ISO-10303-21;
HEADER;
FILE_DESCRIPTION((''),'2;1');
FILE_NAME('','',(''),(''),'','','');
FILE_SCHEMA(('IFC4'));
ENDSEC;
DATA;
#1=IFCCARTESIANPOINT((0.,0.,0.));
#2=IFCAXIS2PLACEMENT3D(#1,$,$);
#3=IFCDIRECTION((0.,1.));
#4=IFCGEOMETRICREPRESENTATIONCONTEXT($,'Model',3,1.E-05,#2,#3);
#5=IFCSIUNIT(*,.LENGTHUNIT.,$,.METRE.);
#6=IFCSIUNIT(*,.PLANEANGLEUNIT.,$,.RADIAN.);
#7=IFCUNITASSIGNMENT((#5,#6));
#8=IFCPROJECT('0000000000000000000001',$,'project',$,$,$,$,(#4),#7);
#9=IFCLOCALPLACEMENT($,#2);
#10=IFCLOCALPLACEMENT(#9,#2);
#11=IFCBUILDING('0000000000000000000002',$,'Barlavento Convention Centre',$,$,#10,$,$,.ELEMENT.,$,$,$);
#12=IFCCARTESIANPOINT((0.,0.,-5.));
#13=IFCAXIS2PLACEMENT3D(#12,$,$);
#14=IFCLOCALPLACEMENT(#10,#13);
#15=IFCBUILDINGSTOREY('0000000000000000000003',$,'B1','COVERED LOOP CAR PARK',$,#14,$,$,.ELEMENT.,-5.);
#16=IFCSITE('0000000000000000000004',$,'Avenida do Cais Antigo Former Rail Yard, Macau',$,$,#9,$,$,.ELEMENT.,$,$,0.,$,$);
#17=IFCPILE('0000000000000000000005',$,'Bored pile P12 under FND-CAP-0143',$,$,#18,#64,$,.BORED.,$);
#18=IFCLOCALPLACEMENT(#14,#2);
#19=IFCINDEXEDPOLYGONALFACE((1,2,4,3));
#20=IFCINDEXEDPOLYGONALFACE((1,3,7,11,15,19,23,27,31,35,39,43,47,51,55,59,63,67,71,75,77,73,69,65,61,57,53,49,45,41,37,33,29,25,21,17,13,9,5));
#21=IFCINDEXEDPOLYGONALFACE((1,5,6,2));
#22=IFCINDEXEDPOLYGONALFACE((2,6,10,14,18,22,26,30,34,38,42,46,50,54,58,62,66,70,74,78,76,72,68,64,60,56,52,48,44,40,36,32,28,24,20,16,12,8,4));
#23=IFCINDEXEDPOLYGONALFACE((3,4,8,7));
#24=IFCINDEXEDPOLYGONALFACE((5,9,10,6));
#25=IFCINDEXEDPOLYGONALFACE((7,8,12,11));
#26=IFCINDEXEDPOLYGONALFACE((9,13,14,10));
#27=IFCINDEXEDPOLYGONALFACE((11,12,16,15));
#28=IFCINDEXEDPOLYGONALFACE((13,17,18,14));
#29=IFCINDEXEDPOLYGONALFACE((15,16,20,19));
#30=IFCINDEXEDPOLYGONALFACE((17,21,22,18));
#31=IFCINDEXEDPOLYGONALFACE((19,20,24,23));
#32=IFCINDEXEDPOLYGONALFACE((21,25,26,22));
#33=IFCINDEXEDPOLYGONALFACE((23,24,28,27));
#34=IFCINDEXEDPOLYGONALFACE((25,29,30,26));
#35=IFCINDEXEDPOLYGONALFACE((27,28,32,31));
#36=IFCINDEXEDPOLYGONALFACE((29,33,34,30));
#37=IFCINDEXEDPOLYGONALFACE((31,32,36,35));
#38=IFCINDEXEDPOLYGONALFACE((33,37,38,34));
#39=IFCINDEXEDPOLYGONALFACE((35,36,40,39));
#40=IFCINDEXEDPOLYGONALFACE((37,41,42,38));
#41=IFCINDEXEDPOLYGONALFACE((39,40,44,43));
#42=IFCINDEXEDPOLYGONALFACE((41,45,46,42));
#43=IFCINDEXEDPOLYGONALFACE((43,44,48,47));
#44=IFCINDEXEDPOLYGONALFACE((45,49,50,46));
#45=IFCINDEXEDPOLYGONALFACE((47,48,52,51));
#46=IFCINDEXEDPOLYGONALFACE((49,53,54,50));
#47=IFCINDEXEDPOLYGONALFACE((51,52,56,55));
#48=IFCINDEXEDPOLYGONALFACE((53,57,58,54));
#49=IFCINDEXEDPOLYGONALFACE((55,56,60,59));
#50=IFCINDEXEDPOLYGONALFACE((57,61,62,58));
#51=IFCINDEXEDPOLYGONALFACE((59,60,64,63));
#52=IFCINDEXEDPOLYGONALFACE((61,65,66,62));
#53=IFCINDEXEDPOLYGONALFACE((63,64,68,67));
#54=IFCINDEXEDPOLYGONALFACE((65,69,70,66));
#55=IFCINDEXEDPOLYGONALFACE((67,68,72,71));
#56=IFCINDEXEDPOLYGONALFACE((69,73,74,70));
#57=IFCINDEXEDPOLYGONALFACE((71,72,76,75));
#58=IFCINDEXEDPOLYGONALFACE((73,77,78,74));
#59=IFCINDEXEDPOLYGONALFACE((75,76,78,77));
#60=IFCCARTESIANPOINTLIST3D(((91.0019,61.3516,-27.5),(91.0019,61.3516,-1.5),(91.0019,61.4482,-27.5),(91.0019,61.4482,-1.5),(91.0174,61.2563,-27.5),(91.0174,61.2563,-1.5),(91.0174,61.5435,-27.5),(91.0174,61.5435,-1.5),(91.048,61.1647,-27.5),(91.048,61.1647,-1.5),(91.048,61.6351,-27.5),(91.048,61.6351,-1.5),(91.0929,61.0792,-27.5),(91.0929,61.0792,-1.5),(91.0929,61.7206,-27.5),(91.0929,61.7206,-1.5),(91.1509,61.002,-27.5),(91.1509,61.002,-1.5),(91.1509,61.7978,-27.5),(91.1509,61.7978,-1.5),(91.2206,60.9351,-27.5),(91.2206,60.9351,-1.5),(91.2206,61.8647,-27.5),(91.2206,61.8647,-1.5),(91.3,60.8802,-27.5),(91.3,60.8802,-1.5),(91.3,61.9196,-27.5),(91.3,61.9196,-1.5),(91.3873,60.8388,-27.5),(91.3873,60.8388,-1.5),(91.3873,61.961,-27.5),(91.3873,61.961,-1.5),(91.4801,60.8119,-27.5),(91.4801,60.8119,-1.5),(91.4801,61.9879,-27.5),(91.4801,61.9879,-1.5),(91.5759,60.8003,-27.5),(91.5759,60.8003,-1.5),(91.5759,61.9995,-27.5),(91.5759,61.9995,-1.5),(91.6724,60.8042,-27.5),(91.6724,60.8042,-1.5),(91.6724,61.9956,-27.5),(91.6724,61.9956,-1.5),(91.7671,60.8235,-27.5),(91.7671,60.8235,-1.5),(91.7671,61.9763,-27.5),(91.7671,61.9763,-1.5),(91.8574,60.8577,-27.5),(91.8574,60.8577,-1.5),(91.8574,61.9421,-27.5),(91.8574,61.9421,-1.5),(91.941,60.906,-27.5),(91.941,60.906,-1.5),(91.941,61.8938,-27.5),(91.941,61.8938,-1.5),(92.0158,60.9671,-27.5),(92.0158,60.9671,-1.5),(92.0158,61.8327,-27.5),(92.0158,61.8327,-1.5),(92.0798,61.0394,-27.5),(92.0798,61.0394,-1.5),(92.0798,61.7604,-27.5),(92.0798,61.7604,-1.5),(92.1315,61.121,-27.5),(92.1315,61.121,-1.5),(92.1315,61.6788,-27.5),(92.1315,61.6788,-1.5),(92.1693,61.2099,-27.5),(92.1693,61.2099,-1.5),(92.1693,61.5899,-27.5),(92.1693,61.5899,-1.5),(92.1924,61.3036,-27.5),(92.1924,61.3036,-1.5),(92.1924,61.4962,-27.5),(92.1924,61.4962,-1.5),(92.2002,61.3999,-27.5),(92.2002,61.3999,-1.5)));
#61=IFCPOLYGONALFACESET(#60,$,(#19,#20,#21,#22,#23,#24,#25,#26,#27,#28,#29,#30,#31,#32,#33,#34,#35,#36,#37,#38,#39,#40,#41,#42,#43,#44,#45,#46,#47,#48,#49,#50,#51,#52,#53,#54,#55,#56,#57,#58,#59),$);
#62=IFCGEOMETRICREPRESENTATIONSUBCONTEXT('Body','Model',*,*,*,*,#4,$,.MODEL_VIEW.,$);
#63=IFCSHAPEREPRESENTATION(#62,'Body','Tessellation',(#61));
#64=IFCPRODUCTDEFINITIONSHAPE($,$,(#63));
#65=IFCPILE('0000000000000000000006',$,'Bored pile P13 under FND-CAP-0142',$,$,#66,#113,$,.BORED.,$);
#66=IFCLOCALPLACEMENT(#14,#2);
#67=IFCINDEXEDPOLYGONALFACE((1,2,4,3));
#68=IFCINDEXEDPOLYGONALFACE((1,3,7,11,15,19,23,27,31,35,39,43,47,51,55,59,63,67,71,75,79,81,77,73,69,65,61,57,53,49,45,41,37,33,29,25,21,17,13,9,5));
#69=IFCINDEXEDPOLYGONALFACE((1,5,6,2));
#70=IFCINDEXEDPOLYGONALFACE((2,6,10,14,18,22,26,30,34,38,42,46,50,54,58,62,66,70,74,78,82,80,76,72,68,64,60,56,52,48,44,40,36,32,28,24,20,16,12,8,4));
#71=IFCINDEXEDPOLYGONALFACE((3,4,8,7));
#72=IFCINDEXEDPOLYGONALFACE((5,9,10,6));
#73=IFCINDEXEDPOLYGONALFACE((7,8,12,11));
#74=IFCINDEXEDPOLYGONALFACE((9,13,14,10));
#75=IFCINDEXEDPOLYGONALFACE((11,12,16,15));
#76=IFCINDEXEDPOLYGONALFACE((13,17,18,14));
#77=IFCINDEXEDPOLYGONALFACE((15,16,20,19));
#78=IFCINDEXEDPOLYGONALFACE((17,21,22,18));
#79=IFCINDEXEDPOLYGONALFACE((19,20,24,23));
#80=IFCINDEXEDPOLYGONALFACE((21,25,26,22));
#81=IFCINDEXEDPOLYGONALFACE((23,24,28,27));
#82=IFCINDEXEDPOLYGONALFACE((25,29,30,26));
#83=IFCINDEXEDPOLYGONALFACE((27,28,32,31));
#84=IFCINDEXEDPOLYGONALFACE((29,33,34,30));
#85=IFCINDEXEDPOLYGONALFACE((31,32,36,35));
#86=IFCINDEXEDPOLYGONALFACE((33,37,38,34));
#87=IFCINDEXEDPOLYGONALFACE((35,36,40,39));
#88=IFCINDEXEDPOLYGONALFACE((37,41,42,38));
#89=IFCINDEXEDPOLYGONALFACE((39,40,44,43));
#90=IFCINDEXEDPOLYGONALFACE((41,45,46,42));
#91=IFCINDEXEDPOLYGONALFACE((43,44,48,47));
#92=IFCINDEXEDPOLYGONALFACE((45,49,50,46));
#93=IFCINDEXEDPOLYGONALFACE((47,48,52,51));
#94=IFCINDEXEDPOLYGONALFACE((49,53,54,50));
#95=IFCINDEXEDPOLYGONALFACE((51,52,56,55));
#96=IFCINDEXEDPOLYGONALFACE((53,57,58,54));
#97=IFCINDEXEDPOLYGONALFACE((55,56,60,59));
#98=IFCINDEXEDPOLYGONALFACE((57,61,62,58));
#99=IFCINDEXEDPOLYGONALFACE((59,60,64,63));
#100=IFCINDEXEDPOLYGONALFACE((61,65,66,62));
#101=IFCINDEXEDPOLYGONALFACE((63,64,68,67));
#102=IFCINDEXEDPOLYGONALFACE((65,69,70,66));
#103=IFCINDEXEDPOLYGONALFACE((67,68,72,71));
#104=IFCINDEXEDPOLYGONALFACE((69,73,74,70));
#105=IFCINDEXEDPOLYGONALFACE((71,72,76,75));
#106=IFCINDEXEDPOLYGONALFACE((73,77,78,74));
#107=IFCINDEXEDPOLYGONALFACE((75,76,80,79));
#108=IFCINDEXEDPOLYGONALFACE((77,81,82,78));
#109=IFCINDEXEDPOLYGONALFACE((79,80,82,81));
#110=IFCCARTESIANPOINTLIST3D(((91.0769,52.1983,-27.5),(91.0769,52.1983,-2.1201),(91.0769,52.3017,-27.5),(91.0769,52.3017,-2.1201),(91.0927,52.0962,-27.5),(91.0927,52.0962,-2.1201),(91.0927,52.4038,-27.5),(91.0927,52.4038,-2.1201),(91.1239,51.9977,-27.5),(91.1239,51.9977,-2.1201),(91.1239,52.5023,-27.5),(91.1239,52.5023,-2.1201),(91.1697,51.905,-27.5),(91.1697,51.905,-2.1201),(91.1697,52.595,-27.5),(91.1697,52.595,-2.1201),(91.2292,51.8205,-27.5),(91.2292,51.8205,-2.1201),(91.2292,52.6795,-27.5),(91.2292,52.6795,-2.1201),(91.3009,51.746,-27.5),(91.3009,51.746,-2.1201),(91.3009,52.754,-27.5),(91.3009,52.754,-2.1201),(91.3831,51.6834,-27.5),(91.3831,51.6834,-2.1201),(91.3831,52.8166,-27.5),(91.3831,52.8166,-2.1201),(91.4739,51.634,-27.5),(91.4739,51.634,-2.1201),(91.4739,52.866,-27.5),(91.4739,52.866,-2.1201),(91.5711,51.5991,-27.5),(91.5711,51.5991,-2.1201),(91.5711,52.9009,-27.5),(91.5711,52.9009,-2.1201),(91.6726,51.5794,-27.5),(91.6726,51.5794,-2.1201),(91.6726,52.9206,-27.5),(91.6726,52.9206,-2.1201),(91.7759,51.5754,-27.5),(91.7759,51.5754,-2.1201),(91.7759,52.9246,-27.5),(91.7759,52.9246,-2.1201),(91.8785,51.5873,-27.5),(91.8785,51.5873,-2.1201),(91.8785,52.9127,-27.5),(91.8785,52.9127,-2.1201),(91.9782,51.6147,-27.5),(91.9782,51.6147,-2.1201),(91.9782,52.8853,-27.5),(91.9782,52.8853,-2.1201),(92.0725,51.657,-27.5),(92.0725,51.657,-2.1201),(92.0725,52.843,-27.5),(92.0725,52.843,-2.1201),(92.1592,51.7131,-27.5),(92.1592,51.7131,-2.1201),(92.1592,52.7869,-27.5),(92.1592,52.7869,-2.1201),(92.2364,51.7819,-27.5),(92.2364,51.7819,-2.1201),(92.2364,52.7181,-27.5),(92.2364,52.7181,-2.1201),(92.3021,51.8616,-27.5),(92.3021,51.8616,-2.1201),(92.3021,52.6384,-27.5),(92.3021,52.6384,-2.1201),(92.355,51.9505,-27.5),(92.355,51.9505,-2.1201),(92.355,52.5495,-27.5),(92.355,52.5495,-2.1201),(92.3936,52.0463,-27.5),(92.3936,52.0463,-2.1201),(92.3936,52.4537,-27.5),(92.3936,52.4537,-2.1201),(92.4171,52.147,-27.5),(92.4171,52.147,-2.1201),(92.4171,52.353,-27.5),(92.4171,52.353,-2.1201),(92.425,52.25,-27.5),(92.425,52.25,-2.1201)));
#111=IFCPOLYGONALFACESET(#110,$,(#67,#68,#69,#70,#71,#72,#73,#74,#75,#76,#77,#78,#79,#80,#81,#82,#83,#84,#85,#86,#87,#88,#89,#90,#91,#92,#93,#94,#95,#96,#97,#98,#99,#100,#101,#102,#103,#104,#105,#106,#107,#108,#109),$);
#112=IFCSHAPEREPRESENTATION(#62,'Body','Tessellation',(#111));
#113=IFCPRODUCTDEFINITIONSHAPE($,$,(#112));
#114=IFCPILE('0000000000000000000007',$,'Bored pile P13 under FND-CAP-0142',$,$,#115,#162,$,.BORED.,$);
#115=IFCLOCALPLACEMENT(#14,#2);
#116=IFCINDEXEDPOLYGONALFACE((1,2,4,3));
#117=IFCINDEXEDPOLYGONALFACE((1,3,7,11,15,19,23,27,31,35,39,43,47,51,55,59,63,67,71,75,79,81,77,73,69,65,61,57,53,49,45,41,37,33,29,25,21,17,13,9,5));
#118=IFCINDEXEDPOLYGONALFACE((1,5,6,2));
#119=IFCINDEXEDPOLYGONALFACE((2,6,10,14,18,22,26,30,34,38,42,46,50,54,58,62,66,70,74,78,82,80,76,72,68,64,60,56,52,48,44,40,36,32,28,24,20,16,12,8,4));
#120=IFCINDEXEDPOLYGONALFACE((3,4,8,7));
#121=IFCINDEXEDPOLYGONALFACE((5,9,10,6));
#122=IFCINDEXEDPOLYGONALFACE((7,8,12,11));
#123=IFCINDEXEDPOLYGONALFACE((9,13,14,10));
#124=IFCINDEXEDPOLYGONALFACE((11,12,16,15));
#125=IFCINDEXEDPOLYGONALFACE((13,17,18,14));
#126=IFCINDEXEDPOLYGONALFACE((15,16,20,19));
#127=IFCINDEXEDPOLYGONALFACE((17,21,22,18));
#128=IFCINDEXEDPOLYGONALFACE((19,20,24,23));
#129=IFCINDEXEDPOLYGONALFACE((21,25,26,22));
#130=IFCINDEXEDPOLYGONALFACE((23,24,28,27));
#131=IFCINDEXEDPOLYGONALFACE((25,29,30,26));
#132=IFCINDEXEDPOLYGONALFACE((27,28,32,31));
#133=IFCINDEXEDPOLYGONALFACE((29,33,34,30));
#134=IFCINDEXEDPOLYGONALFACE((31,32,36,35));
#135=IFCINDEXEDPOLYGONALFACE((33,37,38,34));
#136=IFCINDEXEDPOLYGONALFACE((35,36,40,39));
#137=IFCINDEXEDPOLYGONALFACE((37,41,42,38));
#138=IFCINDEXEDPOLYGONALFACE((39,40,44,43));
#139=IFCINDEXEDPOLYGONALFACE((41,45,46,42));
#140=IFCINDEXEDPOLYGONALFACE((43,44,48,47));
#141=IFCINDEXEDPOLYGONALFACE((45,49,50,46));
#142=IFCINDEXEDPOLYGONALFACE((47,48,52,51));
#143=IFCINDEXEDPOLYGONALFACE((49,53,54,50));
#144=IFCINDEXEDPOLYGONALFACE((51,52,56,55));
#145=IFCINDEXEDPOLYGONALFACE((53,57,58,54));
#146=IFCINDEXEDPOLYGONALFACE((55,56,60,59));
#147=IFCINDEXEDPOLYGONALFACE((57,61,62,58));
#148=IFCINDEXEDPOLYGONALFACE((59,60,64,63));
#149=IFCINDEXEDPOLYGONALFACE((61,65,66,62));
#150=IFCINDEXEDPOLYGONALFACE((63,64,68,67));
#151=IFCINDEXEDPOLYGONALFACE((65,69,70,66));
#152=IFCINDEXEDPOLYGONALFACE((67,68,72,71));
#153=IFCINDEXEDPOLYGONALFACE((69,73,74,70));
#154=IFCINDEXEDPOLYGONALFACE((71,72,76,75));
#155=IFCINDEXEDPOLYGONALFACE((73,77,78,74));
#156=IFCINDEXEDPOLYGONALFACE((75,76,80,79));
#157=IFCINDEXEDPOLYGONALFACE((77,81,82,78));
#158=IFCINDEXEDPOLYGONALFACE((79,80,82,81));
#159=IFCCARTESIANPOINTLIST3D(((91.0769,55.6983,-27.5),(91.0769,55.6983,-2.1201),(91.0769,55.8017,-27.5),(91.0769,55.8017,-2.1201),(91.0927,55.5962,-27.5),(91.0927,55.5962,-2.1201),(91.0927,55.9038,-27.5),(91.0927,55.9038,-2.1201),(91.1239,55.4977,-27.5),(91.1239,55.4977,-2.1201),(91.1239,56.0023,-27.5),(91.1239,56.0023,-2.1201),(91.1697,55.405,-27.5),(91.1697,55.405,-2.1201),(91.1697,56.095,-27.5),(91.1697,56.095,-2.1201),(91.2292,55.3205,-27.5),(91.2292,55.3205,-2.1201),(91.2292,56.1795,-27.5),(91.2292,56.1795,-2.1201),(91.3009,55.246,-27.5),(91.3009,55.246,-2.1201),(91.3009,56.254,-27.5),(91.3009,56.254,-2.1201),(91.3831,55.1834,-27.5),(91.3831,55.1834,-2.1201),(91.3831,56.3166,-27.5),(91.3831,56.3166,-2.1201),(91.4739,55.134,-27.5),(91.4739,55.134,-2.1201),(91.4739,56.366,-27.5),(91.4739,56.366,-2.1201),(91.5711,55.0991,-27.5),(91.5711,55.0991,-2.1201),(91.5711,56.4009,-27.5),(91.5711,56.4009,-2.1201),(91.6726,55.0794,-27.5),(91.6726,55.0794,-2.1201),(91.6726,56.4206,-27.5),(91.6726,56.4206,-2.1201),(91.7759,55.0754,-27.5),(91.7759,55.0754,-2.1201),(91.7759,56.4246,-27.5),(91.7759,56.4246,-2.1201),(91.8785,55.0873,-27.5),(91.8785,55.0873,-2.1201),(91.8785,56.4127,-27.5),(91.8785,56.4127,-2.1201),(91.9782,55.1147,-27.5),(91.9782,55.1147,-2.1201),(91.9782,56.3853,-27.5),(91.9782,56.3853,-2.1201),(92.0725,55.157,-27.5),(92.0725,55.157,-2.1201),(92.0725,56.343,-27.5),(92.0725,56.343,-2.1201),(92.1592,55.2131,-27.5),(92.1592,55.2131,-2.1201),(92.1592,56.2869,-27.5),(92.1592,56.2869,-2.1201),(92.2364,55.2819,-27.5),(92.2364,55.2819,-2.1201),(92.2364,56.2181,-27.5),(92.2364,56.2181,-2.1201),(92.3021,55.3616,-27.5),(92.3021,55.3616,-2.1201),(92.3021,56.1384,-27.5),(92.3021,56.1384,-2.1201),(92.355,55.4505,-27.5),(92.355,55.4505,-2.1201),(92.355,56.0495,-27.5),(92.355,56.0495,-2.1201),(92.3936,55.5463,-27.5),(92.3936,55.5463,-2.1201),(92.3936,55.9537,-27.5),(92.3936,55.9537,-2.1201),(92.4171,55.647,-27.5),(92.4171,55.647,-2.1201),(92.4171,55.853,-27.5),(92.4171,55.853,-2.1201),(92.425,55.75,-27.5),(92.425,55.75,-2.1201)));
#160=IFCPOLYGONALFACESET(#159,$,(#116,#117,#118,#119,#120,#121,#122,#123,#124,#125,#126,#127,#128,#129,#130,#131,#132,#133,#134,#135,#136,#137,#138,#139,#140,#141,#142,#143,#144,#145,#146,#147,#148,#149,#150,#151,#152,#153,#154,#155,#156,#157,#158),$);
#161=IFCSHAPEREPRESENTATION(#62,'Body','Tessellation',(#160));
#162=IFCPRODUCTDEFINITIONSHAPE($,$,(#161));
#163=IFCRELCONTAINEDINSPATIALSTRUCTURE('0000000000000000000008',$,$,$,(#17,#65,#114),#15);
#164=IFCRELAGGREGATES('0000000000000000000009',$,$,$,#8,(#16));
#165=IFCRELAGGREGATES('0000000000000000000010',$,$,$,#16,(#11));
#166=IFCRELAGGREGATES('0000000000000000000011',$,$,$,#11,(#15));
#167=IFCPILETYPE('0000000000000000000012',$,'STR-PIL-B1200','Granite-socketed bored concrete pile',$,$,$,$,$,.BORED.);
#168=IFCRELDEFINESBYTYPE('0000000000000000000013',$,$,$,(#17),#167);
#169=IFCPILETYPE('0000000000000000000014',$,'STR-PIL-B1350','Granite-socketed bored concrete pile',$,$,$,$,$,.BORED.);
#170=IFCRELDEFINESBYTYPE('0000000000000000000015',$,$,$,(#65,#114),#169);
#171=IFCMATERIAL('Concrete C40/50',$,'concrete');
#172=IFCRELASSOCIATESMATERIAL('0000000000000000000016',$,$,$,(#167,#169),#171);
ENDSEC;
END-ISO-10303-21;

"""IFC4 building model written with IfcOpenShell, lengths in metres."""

from ifc_helpers import new_model, si_unit, direction, frame, origin, origin_2d, place, context, subcontext, project, spatial, circle, extrude, material, material_profile, profile_set, type_object, element, save


model = new_model("IFC4")

# Units and contexts
model_context = context("Model", 3, precision=1e-05, world=origin(), true_north=direction((0.0, 1.0)))
body_context = subcontext(model_context, "Body", "Model", "MODEL_VIEW")
ifc_project = project(units=[si_unit("LENGTHUNIT", "METRE"), si_unit("PLANEANGLEUNIT", "RADIAN")], contexts=[model_context])

# Site, building, storey
site_placement = place(None, origin())
site = spatial("IfcSite", under=ifc_project, at=site_placement, Name="Avenida do Cais Antigo Former Rail Yard, Macau", CompositionType="ELEMENT", RefElevation=0.0)
building_placement = place(site_placement, origin())
building = spatial("IfcBuilding", under=site, at=building_placement, Name="Barlavento Convention Centre", CompositionType="ELEMENT")
storey_placement = place(building_placement, frame((0.0, 0.0, -5.0)))
storey = spatial("IfcBuildingStorey", under=building, at=storey_placement, Name="B1", Description="COVERED LOOP CAR PARK", CompositionType="ELEMENT", Elevation=-5.0)

# Shared definitions
ifc_material_1 = material(Name="Concrete C40/50", Category="concrete")

# Piles
ifc_material_profile_1 = material_profile(ifc_material_1, circle(Radius=0.6001, at=origin_2d()), Name="BORED PILE 1200")
ifc_profile_set_1 = profile_set([ifc_material_profile_1], Name="Concrete C40/50")
pile_type_1 = type_object("IfcPileType", Name="STR-PIL-B1200", Description="Granite-socketed bored concrete pile", PredefinedType="BORED", material=ifc_profile_set_1)
pile_1_placement = place(storey_placement, frame((91.6001, 61.3999, -1.5), z_axis=(0.0, 0.0, -1.0), x_axis=(1.0, 0.0, 0.0)))
element("IfcPile", 1, at=pile_1_placement, inside=storey, type_object=pile_type_1, Name="Bored pile P12 under FND-CAP-0143", PredefinedType="BORED", context=body_context, shape_type="SweptSolid", body=[
    extrude(circle(Radius=0.6001, at=origin_2d()), origin(), (0.0, 0.0, 1.0), 26.0),
])
ifc_material_profile_2 = material_profile(ifc_material_1, circle(Radius=0.675, at=origin_2d()), Name="BORED PILE 1350")
ifc_profile_set_2 = profile_set([ifc_material_profile_2], Name="Concrete C40/50")
pile_type_2 = type_object("IfcPileType", Name="STR-PIL-B1350", Description="Granite-socketed bored concrete pile", PredefinedType="BORED", material=ifc_profile_set_2)
for number, where, z_axis, x_axis, name in (
    (2, (91.75, 52.25, -2.1201), (0.0, 0.0, -1.0), (1.0, 0.0, 0.0), "Bored pile P13 under FND-CAP-0142"),
    (3, (91.75, 55.75, -2.1201), (0.0, 0.0, -1.0), (1.0, 0.0, 0.0), "Bored pile P13 under FND-CAP-0142"),
):
    element("IfcPile", number, at=place(storey_placement, frame(where, z_axis=z_axis, x_axis=x_axis)), inside=storey, type_object=pile_type_2, Name=name, PredefinedType="BORED", context=body_context, shape_type="SweptSolid", body=[
        extrude(circle(Radius=0.675, at=origin_2d()), origin(), (0.0, 0.0, 1.0), 25.3799),
    ])

save(model, "model.ifc")
